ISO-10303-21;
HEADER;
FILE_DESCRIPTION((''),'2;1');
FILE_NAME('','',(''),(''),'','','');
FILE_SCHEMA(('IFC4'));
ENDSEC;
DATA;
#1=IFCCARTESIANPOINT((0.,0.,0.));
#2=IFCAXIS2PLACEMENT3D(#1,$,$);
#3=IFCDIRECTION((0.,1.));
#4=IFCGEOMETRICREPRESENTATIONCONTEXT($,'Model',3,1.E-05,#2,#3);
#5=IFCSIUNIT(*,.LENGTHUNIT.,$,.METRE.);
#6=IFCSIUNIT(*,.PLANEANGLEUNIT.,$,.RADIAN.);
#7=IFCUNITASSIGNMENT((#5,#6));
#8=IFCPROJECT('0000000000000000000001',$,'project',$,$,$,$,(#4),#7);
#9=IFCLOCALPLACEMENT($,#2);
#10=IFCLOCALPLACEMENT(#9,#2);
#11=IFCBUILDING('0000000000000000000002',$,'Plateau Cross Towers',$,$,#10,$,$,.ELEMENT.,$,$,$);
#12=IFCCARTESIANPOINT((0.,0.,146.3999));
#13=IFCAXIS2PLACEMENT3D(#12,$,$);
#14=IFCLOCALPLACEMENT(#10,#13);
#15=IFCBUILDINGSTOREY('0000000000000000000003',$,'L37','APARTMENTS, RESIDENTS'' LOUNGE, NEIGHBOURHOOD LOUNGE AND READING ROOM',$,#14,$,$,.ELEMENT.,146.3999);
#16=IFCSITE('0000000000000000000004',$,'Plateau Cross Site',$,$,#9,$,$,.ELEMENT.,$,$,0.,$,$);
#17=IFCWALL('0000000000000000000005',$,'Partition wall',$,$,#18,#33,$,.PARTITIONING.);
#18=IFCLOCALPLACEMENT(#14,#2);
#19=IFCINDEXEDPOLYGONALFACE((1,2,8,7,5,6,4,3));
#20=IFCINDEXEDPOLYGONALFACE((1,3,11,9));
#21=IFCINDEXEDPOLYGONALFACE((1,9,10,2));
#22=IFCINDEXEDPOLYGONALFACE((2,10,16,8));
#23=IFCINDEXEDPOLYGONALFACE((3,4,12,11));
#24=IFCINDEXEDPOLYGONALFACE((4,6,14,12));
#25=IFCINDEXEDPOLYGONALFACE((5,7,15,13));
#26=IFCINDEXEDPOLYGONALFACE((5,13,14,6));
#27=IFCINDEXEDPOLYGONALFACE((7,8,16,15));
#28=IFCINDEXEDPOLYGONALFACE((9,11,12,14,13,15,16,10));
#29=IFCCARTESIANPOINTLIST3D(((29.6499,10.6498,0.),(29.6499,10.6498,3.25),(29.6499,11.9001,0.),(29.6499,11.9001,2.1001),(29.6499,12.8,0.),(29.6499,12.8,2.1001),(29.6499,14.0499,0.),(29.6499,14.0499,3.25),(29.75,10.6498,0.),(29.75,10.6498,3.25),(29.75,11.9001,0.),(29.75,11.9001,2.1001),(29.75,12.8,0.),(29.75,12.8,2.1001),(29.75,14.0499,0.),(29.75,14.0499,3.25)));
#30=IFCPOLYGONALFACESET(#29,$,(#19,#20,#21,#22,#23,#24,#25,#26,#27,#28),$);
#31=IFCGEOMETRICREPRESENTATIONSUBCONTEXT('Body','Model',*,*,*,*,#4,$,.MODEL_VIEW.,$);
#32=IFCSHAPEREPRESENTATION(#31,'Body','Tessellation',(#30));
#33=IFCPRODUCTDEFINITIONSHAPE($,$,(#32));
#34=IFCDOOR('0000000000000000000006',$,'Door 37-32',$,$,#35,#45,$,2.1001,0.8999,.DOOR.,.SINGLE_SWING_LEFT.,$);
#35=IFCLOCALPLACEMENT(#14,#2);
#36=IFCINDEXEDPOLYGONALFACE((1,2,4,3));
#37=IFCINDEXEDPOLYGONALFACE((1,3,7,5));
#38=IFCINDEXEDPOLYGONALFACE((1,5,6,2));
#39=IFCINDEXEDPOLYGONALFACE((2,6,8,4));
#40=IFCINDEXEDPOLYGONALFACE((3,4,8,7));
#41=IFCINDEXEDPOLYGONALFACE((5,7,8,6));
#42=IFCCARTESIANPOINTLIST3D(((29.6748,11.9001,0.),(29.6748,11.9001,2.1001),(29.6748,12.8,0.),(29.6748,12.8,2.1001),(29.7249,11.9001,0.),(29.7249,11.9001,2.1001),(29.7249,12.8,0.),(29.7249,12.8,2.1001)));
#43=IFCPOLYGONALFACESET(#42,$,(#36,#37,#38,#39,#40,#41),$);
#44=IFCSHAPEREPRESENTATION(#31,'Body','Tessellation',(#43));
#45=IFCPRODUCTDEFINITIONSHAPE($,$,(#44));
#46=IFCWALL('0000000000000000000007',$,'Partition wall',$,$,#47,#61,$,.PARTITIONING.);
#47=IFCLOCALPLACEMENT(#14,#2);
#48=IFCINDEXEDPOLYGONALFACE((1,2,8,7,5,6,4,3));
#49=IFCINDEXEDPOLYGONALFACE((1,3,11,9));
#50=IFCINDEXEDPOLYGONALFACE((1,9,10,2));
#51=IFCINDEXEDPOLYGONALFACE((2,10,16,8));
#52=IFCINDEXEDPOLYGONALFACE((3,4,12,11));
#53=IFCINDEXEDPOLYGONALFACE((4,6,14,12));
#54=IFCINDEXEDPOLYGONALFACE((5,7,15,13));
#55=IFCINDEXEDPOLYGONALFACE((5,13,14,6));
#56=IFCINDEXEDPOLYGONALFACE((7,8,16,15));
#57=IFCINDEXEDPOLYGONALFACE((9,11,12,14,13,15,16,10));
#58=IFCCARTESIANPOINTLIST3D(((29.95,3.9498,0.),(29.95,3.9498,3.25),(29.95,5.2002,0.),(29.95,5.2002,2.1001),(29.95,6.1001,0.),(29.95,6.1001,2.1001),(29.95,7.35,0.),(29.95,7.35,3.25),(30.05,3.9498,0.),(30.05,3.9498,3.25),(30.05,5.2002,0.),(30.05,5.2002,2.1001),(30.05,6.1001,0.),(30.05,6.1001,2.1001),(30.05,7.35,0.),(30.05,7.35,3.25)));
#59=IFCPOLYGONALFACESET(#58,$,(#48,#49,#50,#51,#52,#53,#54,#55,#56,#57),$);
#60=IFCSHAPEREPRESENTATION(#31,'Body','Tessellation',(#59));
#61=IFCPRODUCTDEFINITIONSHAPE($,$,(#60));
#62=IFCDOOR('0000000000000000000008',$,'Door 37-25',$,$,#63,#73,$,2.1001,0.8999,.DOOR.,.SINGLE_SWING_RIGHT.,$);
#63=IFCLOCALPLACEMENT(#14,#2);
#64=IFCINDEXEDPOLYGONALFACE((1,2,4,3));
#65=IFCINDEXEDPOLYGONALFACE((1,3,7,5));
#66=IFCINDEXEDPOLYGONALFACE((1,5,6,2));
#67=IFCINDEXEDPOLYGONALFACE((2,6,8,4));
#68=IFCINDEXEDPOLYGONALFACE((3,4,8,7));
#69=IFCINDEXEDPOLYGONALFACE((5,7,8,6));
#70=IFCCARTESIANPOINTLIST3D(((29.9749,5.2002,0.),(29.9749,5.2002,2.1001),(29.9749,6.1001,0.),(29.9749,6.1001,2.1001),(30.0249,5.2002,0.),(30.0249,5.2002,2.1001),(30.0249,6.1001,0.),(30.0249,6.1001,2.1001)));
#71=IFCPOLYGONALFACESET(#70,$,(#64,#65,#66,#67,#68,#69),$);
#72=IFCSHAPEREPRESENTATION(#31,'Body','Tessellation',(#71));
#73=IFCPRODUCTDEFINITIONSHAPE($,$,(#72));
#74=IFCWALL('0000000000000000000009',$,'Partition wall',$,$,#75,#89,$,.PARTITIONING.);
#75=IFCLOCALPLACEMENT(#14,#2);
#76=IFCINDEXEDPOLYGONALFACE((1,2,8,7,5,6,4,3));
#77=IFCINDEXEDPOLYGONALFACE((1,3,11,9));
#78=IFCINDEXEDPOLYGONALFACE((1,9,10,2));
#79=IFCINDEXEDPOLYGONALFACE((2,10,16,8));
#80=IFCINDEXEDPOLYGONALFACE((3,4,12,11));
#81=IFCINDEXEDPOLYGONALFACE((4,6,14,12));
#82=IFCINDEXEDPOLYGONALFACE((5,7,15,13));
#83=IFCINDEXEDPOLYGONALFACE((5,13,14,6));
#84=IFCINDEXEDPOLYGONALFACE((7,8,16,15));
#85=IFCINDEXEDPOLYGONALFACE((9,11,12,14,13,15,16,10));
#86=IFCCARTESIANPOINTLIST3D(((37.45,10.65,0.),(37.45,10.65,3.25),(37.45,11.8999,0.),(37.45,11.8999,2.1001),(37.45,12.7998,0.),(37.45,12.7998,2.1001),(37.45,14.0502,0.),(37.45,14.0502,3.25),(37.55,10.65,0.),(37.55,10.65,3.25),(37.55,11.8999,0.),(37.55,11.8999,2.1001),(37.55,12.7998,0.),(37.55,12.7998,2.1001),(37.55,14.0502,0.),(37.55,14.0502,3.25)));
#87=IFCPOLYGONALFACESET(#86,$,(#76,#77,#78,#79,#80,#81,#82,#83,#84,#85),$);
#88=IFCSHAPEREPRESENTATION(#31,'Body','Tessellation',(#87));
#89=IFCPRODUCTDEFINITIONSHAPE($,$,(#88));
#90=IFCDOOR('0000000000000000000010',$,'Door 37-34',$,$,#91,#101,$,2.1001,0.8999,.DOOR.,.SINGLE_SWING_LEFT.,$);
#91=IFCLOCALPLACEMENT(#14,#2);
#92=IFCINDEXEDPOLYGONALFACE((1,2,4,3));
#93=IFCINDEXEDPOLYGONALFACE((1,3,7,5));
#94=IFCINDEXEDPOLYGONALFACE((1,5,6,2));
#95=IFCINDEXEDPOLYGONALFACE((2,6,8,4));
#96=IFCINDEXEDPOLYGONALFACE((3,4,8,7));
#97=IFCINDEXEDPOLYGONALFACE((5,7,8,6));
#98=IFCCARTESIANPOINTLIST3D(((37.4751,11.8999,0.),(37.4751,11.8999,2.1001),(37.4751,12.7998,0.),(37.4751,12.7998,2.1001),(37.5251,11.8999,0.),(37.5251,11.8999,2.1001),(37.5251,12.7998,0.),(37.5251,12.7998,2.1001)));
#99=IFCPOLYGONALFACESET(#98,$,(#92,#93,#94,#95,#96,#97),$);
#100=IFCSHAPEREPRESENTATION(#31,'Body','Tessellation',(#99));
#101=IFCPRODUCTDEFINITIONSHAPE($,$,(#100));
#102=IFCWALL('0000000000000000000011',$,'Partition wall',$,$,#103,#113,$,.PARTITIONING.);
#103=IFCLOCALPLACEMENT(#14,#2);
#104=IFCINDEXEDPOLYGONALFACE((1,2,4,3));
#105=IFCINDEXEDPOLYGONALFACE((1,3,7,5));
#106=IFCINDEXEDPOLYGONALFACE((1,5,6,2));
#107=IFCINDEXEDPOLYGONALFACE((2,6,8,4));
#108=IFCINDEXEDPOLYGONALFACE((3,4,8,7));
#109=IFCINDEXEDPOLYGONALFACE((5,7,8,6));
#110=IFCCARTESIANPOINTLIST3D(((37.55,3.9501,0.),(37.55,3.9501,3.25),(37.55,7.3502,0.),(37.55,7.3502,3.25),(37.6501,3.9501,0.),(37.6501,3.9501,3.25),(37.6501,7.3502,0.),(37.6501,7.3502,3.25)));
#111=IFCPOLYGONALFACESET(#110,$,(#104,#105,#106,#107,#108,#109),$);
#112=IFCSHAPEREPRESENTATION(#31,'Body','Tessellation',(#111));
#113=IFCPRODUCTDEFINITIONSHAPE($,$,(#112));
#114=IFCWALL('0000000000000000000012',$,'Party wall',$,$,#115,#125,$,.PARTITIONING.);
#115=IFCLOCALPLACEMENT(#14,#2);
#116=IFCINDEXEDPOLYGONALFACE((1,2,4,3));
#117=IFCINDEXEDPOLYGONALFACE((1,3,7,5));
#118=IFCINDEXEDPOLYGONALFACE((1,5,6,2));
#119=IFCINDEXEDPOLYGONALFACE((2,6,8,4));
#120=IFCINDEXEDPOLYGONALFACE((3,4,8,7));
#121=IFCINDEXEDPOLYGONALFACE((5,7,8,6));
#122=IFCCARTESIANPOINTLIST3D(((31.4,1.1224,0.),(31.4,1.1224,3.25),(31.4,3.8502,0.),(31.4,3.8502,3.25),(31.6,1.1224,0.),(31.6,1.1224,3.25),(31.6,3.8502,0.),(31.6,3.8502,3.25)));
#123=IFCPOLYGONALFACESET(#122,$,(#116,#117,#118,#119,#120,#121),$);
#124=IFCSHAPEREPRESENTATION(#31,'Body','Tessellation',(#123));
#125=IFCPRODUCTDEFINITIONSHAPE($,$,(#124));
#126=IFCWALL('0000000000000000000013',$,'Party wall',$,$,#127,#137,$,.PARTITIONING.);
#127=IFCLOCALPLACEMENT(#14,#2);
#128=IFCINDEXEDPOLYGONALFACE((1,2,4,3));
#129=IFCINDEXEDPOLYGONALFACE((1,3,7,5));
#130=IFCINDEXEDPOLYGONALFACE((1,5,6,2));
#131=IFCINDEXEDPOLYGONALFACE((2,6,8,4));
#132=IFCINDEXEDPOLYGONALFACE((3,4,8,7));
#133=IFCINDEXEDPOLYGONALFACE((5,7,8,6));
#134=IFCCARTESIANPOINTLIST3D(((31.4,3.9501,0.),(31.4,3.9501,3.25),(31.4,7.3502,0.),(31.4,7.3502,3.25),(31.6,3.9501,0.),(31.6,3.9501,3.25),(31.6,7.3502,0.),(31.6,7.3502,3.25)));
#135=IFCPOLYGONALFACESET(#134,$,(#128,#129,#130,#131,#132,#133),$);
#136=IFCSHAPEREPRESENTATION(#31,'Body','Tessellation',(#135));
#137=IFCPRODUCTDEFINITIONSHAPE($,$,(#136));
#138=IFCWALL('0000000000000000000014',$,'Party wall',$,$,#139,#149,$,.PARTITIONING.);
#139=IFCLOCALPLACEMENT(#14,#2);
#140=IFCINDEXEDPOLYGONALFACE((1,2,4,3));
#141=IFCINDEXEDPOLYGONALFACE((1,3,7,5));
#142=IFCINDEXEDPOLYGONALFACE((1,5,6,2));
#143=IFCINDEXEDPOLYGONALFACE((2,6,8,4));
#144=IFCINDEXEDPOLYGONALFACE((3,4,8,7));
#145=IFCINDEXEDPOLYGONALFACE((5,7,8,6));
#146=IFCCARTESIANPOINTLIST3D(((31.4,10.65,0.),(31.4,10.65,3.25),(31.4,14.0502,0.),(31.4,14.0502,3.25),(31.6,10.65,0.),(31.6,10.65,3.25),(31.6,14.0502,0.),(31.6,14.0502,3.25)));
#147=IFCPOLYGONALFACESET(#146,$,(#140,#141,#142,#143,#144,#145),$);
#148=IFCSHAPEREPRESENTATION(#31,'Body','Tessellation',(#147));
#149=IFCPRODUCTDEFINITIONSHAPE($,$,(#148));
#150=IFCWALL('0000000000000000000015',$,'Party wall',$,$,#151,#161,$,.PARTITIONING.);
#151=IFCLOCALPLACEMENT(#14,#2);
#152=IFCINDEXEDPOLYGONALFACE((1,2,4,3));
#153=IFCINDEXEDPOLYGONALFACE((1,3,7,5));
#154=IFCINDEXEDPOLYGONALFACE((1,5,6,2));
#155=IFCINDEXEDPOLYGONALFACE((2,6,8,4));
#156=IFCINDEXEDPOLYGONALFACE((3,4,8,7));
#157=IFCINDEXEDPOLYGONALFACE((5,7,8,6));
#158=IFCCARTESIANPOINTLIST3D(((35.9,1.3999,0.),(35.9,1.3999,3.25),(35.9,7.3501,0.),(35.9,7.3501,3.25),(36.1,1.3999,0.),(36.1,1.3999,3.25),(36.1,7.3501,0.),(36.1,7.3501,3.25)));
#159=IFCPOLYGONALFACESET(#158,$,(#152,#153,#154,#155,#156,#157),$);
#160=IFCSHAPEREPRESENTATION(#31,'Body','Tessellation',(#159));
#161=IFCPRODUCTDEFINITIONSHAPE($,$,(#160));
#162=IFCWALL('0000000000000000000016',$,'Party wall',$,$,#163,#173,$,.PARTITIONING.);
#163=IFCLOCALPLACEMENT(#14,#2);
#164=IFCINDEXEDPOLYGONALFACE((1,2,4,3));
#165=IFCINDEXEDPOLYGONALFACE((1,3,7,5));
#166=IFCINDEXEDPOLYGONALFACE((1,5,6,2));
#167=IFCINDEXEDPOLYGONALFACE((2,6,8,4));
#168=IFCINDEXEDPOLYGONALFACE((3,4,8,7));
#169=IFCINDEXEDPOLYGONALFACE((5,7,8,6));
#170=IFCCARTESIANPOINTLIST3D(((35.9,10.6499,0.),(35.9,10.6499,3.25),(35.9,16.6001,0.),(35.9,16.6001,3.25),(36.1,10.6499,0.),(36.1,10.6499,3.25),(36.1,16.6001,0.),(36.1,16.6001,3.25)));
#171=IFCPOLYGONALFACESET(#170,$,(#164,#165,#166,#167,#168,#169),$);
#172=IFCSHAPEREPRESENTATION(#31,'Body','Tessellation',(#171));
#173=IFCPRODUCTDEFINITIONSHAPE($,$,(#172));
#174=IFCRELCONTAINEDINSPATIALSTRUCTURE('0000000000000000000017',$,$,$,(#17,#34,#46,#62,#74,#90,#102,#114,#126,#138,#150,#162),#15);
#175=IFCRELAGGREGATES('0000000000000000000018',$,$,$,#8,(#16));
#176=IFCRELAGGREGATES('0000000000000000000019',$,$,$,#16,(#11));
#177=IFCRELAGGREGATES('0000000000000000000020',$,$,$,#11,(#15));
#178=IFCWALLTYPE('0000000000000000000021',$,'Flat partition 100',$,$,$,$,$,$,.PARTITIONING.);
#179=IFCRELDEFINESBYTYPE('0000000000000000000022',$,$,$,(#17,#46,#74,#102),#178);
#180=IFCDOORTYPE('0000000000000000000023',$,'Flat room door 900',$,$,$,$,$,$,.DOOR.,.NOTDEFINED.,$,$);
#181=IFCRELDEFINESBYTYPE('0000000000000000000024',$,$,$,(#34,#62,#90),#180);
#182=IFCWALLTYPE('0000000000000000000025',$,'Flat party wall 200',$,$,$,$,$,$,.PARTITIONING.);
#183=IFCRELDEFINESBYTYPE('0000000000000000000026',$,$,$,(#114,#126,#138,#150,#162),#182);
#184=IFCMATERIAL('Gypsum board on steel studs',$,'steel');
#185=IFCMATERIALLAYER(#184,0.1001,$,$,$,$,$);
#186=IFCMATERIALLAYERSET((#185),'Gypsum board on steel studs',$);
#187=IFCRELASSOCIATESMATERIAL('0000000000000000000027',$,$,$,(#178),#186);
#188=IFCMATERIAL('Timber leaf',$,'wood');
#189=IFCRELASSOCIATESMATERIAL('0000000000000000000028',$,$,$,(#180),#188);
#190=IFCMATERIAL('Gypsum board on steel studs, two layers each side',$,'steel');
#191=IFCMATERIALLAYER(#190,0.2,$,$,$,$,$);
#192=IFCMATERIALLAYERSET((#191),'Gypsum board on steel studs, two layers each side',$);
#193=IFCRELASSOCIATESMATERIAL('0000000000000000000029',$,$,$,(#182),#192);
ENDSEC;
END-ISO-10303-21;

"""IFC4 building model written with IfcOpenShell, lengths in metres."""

from ifc_helpers import new_model, si_unit, direction, frame, frame_2d, origin, place, context, subcontext, project, spatial, rectangle, extrude, material, layer, layer_set, type_object, element, fill, save


model = new_model("IFC4")

# Units and contexts
model_context = context("Model", 3, precision=1e-05, world=origin(), true_north=direction((0.0, 1.0)))
body_context = subcontext(model_context, "Body", "Model", "MODEL_VIEW")
ifc_project = project(units=[si_unit("LENGTHUNIT", "METRE"), si_unit("PLANEANGLEUNIT", "RADIAN")], contexts=[model_context])

# Site, building, storey
site_placement = place(None, origin())
site = spatial("IfcSite", under=ifc_project, at=site_placement, Name="Plateau Cross Site", CompositionType="ELEMENT", RefElevation=0.0)
building_placement = place(site_placement, origin())
building = spatial("IfcBuilding", under=site, at=building_placement, Name="Plateau Cross Towers", CompositionType="ELEMENT")
storey_placement = place(building_placement, frame((0.0, 0.0, 146.3999)))
storey = spatial("IfcBuildingStorey", under=building, at=storey_placement, Name="L37", Description="APARTMENTS, RESIDENTS' LOUNGE, NEIGHBOURHOOD LOUNGE AND READING ROOM", CompositionType="ELEMENT", Elevation=146.3999)

# Shared definitions
ifc_material_1 = material(Name="Gypsum board on steel studs", Category="steel")
ifc_layer_1 = layer(ifc_material_1, 0.1001)
ifc_layer_set_1 = layer_set([ifc_layer_1], Name="Gypsum board on steel studs")
wall_type_1 = type_object("IfcWallType", Name="Flat partition 100", PredefinedType="PARTITIONING", material=ifc_layer_set_1)

# Shared definitions
ifc_material_2 = material(Name="Timber leaf", Category="wood")
door_type_1 = type_object("IfcDoorType", Name="Flat room door 900", OperationType="NOTDEFINED", PredefinedType="DOOR", material=ifc_material_2)

# Walls, openings, doors
wall_1_placement = place(storey_placement, frame((29.7, 14.05, 0.0), z_axis=(0.0, 0.0, 1.0), x_axis=(0.0, -1.0, 0.0)))
wall_1 = element("IfcWall", 1, at=wall_1_placement, inside=storey, type_object=wall_type_1, Name="Partition wall", PredefinedType="PARTITIONING", context=body_context, shape_type="SweptSolid", body=[
    extrude(rectangle(XDim=3.4001, YDim=0.1001, at=frame_2d((1.7002, 0.0))), origin(), (0.0, 0.0, 1.0), 3.25),
])
opening_1_placement = place(wall_1_placement, frame((1.25, 0.0, 0.0)))
opening_1 = element("IfcOpeningElement", 2, at=opening_1_placement, cuts=wall_1, PredefinedType="OPENING", context=body_context, shape_type="SweptSolid", body=[
    extrude(rectangle(XDim=0.8999, YDim=2.1001, at=frame_2d((0.45, 1.05))), frame((0.0, 0.0601, 0.0), z_axis=(0.0, -1.0, 0.0), x_axis=(1.0, 0.0, 0.0)), (0.0, 0.0, 1.0), 0.1201),
])
door_1_placement = place(opening_1_placement, origin())
door_1 = element("IfcDoor", 3, at=door_1_placement, inside=storey, type_object=door_type_1, Name="Door 37-32", OperationType="SINGLE_SWING_LEFT", OverallHeight=2.1001, OverallWidth=0.8999, PredefinedType="DOOR", context=body_context, shape_type="SweptSolid", body=[
    extrude(rectangle(XDim=0.8999, YDim=2.1001, at=frame_2d((0.45, 1.05))), frame((0.0, 0.0249, 0.0), z_axis=(0.0, -1.0, 0.0), x_axis=(1.0, 0.0, 0.0)), (0.0, 0.0, 1.0), 0.05),
])
fill(opening_1, door_1)
wall_2_placement = place(storey_placement, frame((30.0, 7.3501, 0.0), z_axis=(0.0, 0.0, 1.0), x_axis=(0.0, -1.0, 0.0)))
wall_2 = element("IfcWall", 4, at=wall_2_placement, inside=storey, type_object=wall_type_1, Name="Partition wall", PredefinedType="PARTITIONING", context=body_context, shape_type="SweptSolid", body=[
    extrude(rectangle(XDim=3.4001, YDim=0.1001, at=frame_2d((1.7002, 0.0))), origin(), (0.0, 0.0, 1.0), 3.25),
])
opening_2_placement = place(wall_2_placement, frame((1.25, 0.0, 0.0)))
opening_2 = element("IfcOpeningElement", 5, at=opening_2_placement, cuts=wall_2, PredefinedType="OPENING", context=body_context, shape_type="SweptSolid", body=[
    extrude(rectangle(XDim=0.8999, YDim=2.1001, at=frame_2d((0.45, 1.05))), frame((0.0, 0.0601, 0.0), z_axis=(0.0, -1.0, 0.0), x_axis=(1.0, 0.0, 0.0)), (0.0, 0.0, 1.0), 0.1201),
])
door_2_placement = place(opening_2_placement, origin())
door_2 = element("IfcDoor", 6, at=door_2_placement, inside=storey, type_object=door_type_1, Name="Door 37-25", OperationType="SINGLE_SWING_RIGHT", OverallHeight=2.1001, OverallWidth=0.8999, PredefinedType="DOOR", context=body_context, shape_type="SweptSolid", body=[
    extrude(rectangle(XDim=0.8999, YDim=2.1001, at=frame_2d((0.45, 1.05))), frame((0.0, 0.0249, 0.0), z_axis=(0.0, -1.0, 0.0), x_axis=(1.0, 0.0, 0.0)), (0.0, 0.0, 1.0), 0.05),
])
fill(opening_2, door_2)
wall_3_placement = place(storey_placement, frame((37.5, 10.6499, 0.0), z_axis=(0.0, 0.0, 1.0), x_axis=(0.0, 1.0, 0.0)))
wall_3 = element("IfcWall", 7, at=wall_3_placement, inside=storey, type_object=wall_type_1, Name="Partition wall", PredefinedType="PARTITIONING", context=body_context, shape_type="SweptSolid", body=[
    extrude(rectangle(XDim=3.4001, YDim=0.1001, at=frame_2d((1.7002, 0.0))), origin(), (0.0, 0.0, 1.0), 3.25),
])
opening_3_placement = place(wall_3_placement, frame((1.25, 0.0, 0.0)))
opening_3 = element("IfcOpeningElement", 8, at=opening_3_placement, cuts=wall_3, PredefinedType="OPENING", context=body_context, shape_type="SweptSolid", body=[
    extrude(rectangle(XDim=0.8999, YDim=2.1001, at=frame_2d((0.45, 1.05))), frame((0.0, 0.0601, 0.0), z_axis=(0.0, -1.0, 0.0), x_axis=(1.0, 0.0, 0.0)), (0.0, 0.0, 1.0), 0.1201),
])
door_3_placement = place(opening_3_placement, origin())
door_3 = element("IfcDoor", 9, at=door_3_placement, inside=storey, type_object=door_type_1, Name="Door 37-34", OperationType="SINGLE_SWING_LEFT", OverallHeight=2.1001, OverallWidth=0.8999, PredefinedType="DOOR", context=body_context, shape_type="SweptSolid", body=[
    extrude(rectangle(XDim=0.8999, YDim=2.1001, at=frame_2d((0.45, 1.05))), frame((0.0, 0.0249, 0.0), z_axis=(0.0, -1.0, 0.0), x_axis=(1.0, 0.0, 0.0)), (0.0, 0.0, 1.0), 0.05),
])
fill(opening_3, door_3)

# Walls
wall_4_placement = place(storey_placement, frame((37.6001, 3.95, 0.0), z_axis=(0.0, 0.0, 1.0), x_axis=(0.0, 1.0, 0.0)))
element("IfcWall", 10, at=wall_4_placement, inside=storey, type_object=wall_type_1, Name="Partition wall", PredefinedType="PARTITIONING", context=body_context, shape_type="SweptSolid", body=[
    extrude(rectangle(XDim=3.4001, YDim=0.1001, at=frame_2d((1.7002, 0.0))), origin(), (0.0, 0.0, 1.0), 3.25),
])
ifc_material_3 = material(Name="Gypsum board on steel studs, two layers each side", Category="steel")
ifc_layer_2 = layer(ifc_material_3, 0.2)
ifc_layer_set_2 = layer_set([ifc_layer_2], Name="Gypsum board on steel studs, two layers each side")
wall_type_2 = type_object("IfcWallType", Name="Flat party wall 200", PredefinedType="PARTITIONING", material=ifc_layer_set_2)
wall_5_placement = place(storey_placement, frame((31.5, 3.8501, 0.0), z_axis=(0.0, 0.0, 1.0), x_axis=(0.0, -1.0, 0.0)))
element("IfcWall", 11, at=wall_5_placement, inside=storey, type_object=wall_type_2, Name="Party wall", PredefinedType="PARTITIONING", context=body_context, shape_type="SweptSolid", body=[
    extrude(rectangle(XDim=2.7278, YDim=0.2, at=frame_2d((1.3638, 0.0))), origin(), (0.0, 0.0, 1.0), 3.25),
])
for number, where, z_axis, x_axis, name in (
    (12, (31.5, 3.95, 0.0), (0.0, 0.0, 1.0), (0.0, 1.0, 0.0), "Party wall"),
    (13, (31.5, 10.6499, 0.0), (0.0, 0.0, 1.0), (0.0, 1.0, 0.0), "Party wall"),
):
    element("IfcWall", number, at=place(storey_placement, frame(where, z_axis=z_axis, x_axis=x_axis)), inside=storey, type_object=wall_type_2, Name=name, PredefinedType="PARTITIONING", context=body_context, shape_type="SweptSolid", body=[
        extrude(rectangle(XDim=3.4001, YDim=0.2, at=frame_2d((1.7002, 0.0))), origin(), (0.0, 0.0, 1.0), 3.25),
    ])
for number, where, z_axis, x_axis, name in (
    (14, (36.0, 1.3999, 0.0), (0.0, 0.0, 1.0), (0.0, 1.0, 0.0), "Party wall"),
    (15, (36.0, 10.6499, 0.0), (0.0, 0.0, 1.0), (0.0, 1.0, 0.0), "Party wall"),
):
    element("IfcWall", number, at=place(storey_placement, frame(where, z_axis=z_axis, x_axis=x_axis)), inside=storey, type_object=wall_type_2, Name=name, PredefinedType="PARTITIONING", context=body_context, shape_type="SweptSolid", body=[
        extrude(rectangle(XDim=5.9502, YDim=0.2, at=frame_2d((2.9751, 0.0))), origin(), (0.0, 0.0, 1.0), 3.25),
    ])

save(model, "model.ifc")
